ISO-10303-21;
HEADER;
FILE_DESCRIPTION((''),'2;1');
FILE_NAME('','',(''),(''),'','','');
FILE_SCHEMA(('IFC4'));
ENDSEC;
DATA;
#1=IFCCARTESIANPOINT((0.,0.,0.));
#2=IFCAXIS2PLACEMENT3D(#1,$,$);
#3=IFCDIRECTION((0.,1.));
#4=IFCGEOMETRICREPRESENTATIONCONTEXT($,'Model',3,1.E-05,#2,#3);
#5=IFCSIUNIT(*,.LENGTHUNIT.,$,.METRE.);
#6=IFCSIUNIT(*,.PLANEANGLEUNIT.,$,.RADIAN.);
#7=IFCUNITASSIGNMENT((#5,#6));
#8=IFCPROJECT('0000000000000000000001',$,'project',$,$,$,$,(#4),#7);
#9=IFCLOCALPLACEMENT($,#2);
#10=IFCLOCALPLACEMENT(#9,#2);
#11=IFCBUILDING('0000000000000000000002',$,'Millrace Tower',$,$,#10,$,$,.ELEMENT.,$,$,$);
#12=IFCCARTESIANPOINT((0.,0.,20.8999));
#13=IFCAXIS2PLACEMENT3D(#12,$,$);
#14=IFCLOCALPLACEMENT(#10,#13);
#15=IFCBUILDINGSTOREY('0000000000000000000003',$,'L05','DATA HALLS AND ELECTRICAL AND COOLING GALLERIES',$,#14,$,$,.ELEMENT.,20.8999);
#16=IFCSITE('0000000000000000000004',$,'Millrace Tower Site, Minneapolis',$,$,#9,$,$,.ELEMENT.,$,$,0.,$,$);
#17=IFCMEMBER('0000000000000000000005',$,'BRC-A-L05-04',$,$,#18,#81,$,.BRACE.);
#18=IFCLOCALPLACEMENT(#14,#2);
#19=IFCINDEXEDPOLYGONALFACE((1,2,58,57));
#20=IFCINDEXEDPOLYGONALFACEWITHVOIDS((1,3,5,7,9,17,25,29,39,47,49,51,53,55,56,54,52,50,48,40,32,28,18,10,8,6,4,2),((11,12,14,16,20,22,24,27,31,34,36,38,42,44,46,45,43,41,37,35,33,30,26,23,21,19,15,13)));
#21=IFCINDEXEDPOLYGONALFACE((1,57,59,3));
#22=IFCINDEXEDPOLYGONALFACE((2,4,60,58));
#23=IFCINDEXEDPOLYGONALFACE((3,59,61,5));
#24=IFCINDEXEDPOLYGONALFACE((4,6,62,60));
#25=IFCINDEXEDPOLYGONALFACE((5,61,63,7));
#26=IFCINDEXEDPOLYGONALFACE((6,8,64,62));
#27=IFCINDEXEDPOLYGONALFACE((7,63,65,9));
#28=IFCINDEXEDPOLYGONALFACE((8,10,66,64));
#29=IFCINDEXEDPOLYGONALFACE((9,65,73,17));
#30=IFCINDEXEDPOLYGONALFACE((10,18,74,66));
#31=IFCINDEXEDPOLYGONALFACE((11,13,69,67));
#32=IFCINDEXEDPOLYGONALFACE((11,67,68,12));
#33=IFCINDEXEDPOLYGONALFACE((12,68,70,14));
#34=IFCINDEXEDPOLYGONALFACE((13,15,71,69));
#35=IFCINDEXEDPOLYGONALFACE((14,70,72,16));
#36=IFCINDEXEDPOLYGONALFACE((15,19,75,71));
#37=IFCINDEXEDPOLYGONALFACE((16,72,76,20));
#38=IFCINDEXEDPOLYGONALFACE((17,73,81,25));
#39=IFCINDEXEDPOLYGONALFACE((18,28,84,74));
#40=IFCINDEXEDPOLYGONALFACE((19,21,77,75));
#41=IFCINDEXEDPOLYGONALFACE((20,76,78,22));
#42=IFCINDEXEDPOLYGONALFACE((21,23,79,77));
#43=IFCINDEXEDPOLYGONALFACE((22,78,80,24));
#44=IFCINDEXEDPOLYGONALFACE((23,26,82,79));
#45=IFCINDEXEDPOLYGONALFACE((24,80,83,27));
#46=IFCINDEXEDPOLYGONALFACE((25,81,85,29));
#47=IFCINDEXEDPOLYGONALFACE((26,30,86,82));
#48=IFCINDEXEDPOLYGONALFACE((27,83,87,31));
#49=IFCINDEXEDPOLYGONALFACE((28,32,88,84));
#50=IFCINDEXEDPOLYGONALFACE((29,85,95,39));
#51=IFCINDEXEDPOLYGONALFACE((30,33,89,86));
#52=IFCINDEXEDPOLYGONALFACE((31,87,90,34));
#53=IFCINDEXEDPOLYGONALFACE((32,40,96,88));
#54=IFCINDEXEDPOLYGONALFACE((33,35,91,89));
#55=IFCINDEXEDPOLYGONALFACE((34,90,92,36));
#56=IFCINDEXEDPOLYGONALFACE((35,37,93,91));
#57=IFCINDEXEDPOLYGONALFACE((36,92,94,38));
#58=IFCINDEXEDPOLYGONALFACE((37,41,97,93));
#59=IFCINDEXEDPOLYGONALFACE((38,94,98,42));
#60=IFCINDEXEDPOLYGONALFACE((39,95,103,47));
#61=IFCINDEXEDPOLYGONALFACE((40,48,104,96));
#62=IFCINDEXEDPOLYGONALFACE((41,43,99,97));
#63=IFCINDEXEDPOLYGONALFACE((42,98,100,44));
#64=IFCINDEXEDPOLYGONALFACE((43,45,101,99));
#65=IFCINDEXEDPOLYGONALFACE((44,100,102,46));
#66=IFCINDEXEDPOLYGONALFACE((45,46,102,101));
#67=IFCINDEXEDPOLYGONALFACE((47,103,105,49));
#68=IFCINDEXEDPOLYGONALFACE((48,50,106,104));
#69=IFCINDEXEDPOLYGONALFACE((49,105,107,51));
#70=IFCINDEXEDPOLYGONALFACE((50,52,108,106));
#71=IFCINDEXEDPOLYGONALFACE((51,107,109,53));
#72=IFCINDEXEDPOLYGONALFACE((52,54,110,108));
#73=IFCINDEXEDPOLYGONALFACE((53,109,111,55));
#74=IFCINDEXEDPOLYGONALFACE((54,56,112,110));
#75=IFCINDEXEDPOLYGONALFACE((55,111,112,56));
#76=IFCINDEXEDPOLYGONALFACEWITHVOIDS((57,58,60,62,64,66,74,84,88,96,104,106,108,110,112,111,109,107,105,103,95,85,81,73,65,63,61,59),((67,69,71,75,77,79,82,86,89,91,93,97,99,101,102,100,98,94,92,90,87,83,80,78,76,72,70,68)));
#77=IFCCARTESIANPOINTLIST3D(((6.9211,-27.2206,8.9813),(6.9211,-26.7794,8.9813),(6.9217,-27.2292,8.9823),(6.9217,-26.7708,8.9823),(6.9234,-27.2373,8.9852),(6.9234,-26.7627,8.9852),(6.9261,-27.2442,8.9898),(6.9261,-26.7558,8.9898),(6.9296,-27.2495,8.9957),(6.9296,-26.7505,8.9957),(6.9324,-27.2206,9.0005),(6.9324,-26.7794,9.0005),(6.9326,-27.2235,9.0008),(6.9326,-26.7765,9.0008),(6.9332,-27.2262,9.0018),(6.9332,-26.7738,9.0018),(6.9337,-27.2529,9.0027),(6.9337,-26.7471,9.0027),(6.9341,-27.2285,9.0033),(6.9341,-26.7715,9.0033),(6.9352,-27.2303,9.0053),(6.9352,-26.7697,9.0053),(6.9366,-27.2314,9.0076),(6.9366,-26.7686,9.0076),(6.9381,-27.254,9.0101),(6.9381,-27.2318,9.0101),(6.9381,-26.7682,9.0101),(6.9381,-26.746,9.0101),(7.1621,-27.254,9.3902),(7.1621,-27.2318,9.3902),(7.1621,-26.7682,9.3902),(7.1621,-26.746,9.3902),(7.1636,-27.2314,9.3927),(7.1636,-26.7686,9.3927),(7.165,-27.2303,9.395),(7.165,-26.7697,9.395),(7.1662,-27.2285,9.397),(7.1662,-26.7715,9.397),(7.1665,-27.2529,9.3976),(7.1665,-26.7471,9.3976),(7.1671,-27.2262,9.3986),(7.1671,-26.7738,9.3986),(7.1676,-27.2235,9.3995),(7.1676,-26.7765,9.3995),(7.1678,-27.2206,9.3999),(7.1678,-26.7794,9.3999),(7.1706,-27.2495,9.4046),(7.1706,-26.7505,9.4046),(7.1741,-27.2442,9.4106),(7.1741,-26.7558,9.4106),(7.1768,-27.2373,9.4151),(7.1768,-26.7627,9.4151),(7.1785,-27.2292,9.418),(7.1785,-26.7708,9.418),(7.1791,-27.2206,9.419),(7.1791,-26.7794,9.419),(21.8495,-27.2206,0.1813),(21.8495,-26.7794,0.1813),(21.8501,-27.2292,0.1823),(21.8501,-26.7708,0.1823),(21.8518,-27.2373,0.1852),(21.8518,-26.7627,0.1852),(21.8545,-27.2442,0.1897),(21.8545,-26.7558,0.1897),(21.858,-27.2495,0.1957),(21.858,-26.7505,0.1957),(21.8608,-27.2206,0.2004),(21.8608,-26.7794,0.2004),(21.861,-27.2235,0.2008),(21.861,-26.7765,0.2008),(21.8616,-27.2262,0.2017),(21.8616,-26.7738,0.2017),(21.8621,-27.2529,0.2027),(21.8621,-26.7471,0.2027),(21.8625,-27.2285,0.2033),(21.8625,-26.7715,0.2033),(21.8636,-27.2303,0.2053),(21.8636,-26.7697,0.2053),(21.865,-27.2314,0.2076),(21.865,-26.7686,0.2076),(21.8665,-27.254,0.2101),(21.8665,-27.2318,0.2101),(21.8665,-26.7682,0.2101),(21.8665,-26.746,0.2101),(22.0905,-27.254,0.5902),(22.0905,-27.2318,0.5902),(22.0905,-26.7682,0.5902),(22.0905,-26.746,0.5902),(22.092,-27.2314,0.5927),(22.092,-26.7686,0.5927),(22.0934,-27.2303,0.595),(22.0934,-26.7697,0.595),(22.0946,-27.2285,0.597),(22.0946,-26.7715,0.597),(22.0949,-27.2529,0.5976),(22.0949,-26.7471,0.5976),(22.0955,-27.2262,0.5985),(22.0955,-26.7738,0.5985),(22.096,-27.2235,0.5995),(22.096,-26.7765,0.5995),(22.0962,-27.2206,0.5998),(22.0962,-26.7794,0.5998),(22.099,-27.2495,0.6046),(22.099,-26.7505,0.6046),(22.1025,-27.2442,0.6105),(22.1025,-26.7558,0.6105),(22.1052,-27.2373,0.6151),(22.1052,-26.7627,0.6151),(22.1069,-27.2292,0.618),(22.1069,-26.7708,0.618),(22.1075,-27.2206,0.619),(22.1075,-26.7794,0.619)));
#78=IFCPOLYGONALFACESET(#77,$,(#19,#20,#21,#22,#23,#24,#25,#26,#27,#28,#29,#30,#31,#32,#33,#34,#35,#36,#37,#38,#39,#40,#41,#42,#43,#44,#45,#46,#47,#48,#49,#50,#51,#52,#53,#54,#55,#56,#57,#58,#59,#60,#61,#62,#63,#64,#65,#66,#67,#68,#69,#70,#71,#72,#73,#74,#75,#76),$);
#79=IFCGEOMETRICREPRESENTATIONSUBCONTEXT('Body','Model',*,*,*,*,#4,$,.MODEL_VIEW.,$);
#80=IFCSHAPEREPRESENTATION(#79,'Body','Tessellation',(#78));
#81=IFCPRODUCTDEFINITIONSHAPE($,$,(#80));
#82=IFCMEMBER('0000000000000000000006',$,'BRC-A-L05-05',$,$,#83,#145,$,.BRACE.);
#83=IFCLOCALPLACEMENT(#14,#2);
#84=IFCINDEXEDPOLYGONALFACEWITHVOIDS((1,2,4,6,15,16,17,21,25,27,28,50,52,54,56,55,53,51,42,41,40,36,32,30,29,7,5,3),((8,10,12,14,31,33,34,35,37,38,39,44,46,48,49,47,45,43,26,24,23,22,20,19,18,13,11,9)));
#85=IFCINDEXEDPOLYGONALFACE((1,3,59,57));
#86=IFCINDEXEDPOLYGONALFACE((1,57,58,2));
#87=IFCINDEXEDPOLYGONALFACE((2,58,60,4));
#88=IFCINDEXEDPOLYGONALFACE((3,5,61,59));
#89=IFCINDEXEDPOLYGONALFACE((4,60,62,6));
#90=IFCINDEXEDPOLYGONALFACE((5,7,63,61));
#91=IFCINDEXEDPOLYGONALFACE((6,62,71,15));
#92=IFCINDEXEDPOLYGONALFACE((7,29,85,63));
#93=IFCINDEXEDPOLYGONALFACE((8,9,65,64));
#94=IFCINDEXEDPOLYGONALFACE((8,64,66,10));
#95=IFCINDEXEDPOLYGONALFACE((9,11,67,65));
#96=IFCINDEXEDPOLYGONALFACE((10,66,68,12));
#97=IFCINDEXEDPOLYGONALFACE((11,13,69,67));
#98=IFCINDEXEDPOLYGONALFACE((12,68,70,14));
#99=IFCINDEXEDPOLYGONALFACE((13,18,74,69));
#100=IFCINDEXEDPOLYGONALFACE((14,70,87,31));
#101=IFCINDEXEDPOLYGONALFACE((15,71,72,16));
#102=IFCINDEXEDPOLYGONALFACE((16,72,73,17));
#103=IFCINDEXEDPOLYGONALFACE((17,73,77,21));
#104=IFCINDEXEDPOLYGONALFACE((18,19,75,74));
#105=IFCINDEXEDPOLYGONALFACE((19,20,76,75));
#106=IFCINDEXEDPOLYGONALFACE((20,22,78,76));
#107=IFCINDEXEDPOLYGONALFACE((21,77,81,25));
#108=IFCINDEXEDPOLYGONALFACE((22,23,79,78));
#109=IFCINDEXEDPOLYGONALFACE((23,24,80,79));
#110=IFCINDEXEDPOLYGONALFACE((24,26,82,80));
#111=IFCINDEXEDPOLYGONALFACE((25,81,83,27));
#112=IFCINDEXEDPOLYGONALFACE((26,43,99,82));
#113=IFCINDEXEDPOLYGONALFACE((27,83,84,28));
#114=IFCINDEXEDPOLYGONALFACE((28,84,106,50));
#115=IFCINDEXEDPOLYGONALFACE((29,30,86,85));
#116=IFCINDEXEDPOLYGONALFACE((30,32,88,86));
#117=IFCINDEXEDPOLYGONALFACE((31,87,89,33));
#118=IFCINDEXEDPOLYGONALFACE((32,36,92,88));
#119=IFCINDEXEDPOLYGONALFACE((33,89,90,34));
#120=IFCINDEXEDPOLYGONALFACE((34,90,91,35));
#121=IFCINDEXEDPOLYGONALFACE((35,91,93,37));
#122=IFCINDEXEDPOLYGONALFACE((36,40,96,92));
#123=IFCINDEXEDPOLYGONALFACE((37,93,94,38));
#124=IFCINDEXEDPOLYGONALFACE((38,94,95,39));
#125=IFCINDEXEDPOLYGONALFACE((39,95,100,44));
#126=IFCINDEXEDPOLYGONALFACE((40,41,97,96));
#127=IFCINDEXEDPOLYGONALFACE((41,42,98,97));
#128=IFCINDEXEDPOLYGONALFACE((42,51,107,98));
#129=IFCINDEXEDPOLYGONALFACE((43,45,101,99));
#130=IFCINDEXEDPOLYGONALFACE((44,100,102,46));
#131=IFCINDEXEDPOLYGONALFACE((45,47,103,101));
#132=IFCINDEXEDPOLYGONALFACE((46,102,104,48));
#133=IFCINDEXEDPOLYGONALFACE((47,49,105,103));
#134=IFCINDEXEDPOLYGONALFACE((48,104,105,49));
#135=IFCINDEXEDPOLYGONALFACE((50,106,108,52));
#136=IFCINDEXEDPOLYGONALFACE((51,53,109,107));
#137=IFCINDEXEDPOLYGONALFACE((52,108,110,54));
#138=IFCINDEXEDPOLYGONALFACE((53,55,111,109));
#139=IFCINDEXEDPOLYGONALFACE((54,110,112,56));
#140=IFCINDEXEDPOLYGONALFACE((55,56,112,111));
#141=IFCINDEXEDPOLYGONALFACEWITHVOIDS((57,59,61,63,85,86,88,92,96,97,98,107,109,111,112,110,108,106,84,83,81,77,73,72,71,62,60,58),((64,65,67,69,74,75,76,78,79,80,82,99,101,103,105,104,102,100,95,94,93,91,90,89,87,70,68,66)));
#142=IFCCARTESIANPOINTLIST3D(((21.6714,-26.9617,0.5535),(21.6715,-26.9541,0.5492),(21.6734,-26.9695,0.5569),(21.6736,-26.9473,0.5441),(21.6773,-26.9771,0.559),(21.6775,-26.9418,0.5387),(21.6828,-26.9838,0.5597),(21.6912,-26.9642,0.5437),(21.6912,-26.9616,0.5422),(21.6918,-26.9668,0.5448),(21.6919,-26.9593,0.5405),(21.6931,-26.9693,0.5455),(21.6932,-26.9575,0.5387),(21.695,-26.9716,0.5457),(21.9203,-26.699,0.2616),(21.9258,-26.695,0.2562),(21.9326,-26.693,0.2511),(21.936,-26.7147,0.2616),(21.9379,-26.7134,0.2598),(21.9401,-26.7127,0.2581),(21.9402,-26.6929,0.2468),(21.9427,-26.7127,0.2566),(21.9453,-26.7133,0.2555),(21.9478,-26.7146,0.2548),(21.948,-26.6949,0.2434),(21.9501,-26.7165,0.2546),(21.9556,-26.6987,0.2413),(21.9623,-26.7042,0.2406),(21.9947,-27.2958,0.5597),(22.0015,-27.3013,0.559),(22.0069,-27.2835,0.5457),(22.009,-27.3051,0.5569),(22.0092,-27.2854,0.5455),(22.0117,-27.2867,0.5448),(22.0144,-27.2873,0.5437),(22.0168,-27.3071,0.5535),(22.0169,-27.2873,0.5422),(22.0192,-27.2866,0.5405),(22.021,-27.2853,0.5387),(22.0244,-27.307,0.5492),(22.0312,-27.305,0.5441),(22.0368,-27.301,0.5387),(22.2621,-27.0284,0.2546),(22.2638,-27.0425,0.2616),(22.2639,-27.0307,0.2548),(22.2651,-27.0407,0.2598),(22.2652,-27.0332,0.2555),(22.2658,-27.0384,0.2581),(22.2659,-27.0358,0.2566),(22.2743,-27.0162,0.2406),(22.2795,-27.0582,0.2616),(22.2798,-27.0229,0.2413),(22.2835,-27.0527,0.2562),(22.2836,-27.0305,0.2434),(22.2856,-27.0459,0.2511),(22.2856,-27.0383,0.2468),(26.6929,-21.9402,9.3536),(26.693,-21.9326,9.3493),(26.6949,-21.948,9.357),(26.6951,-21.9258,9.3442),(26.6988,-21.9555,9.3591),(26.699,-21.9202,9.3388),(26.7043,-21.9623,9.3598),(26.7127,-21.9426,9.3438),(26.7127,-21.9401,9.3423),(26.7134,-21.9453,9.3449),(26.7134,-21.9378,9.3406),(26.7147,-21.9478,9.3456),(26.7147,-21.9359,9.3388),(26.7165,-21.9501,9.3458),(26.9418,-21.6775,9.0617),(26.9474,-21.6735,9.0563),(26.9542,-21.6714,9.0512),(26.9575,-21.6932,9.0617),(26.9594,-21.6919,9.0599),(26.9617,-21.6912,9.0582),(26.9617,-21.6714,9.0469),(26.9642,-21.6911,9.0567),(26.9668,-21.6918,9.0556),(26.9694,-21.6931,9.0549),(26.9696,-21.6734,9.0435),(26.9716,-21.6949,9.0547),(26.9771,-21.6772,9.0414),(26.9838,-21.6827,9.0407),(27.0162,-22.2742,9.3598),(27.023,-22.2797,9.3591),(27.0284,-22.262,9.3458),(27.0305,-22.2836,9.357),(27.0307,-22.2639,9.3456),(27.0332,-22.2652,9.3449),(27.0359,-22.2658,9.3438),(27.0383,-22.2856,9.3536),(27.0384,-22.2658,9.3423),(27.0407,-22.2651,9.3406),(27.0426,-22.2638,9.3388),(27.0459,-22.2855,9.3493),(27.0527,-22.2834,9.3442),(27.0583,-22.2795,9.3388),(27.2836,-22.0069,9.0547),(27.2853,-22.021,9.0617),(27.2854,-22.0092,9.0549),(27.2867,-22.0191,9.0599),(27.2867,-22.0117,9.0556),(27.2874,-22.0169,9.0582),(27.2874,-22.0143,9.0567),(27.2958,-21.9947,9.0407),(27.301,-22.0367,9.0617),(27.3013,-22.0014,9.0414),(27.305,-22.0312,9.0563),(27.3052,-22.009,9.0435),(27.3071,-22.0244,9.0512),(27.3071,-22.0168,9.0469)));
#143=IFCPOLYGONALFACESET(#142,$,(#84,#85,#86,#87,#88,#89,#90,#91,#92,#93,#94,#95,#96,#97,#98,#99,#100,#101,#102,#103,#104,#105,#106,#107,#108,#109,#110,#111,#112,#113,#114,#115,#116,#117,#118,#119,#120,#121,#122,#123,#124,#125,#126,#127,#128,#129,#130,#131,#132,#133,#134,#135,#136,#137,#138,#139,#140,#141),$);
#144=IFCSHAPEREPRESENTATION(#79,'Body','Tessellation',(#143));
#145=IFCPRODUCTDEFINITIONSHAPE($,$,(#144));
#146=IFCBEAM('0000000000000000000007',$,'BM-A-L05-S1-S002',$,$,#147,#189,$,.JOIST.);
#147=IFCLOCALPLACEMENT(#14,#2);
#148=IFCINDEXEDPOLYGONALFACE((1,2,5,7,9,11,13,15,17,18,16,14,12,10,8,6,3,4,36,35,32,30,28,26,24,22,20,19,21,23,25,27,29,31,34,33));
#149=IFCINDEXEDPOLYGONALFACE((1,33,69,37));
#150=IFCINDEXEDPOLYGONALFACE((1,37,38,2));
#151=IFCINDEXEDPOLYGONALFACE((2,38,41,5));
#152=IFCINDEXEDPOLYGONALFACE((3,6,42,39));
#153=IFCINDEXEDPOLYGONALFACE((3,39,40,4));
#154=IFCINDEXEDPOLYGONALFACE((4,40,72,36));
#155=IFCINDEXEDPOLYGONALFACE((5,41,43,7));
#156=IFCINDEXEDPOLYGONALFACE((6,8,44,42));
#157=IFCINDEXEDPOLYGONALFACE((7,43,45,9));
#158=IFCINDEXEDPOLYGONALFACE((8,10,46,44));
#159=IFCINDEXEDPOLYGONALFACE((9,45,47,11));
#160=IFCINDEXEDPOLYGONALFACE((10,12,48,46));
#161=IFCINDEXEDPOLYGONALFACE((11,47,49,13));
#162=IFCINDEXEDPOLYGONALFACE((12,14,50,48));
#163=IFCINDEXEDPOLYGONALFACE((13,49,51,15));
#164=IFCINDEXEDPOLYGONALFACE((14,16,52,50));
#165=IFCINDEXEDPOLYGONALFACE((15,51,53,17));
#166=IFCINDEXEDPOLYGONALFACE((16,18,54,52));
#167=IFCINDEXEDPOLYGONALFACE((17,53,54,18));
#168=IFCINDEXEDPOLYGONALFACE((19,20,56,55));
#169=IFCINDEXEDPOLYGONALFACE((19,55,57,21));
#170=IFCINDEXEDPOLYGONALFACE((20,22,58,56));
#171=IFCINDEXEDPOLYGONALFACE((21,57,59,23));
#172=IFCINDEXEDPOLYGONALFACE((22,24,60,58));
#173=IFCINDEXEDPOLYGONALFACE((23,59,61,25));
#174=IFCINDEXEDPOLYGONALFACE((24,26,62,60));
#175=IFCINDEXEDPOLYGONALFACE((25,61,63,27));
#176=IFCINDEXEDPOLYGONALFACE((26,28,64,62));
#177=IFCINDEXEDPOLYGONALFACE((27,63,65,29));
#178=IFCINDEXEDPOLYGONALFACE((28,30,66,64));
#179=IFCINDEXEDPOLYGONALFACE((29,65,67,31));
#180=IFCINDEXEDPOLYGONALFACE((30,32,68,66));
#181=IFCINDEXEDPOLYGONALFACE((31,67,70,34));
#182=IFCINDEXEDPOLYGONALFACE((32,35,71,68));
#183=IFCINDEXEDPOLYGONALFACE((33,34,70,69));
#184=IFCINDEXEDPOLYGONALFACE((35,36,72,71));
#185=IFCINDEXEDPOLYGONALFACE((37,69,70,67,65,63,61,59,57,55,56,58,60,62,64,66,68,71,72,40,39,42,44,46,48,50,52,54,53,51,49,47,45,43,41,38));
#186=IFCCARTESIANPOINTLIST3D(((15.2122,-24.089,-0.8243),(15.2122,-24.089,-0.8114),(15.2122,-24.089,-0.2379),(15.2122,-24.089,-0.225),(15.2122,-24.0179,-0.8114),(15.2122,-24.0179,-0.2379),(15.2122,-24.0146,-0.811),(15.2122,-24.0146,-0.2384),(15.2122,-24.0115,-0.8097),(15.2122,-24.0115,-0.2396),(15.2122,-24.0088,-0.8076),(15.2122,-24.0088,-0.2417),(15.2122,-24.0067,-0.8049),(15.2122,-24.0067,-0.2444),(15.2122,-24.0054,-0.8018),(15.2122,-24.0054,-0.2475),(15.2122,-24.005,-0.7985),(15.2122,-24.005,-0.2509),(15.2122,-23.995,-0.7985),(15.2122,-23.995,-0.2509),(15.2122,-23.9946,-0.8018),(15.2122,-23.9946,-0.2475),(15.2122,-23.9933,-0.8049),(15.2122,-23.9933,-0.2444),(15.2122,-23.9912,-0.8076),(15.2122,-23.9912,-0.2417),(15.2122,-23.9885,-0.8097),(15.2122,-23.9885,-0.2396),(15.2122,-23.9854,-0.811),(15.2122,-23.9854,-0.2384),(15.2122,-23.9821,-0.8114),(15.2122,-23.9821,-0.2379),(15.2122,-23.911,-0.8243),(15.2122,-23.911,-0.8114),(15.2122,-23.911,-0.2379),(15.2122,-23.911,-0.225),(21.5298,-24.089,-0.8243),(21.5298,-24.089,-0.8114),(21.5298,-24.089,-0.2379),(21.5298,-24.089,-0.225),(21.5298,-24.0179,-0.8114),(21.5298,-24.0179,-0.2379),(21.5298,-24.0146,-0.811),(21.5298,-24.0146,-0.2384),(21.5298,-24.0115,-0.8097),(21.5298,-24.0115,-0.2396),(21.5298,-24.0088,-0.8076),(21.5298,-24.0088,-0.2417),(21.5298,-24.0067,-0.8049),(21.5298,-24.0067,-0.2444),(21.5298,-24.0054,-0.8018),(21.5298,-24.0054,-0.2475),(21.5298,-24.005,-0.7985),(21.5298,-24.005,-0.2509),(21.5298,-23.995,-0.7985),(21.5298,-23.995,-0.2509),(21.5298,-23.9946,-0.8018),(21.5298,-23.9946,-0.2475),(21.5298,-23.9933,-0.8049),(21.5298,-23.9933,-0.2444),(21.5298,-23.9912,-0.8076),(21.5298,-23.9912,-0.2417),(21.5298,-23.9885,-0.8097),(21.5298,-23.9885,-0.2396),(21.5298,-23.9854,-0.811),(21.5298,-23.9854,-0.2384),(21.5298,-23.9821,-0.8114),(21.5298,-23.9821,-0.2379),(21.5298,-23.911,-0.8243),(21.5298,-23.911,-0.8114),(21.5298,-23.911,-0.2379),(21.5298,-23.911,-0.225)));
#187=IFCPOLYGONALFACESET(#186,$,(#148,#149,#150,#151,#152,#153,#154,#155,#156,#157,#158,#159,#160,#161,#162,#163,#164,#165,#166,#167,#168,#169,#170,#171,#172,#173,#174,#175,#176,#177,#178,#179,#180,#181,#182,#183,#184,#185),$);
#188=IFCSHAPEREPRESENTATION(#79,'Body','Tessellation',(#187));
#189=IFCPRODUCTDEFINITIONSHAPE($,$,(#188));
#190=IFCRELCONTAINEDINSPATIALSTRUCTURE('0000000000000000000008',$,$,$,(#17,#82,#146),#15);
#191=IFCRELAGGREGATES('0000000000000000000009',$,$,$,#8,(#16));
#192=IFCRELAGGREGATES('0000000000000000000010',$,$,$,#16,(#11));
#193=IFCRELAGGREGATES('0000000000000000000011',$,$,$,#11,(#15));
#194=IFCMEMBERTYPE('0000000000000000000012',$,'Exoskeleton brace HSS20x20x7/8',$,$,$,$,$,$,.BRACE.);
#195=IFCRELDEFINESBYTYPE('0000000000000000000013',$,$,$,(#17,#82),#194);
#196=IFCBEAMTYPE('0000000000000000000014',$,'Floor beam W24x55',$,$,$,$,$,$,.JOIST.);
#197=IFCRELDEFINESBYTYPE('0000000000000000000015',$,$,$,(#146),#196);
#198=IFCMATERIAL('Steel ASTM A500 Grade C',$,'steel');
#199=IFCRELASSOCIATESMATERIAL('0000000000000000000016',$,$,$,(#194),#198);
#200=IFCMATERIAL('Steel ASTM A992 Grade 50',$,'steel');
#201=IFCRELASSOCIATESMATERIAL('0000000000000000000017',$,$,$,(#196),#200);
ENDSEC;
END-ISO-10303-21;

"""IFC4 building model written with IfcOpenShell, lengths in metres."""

from ifc_helpers import new_model, si_unit, direction, frame, origin, origin_2d, place, context, subcontext, project, spatial, hollow_rectangle, i_section, extrude, material, material_profile, profile_set, type_object, element, save


model = new_model("IFC4")

# Units and contexts
model_context = context("Model", 3, precision=1e-05, world=origin(), true_north=direction((0.0, 1.0)))
body_context = subcontext(model_context, "Body", "Model", "MODEL_VIEW")
ifc_project = project(units=[si_unit("LENGTHUNIT", "METRE"), si_unit("PLANEANGLEUNIT", "RADIAN")], contexts=[model_context])

# Site, building, storey
site_placement = place(None, origin())
site = spatial("IfcSite", under=ifc_project, at=site_placement, Name="Millrace Tower Site, Minneapolis", CompositionType="ELEMENT", RefElevation=0.0)
building_placement = place(site_placement, origin())
building = spatial("IfcBuilding", under=site, at=building_placement, Name="Millrace Tower", CompositionType="ELEMENT")
storey_placement = place(building_placement, frame((0.0, 0.0, 20.8999)))
storey = spatial("IfcBuildingStorey", under=building, at=storey_placement, Name="L05", Description="DATA HALLS AND ELECTRICAL AND COOLING GALLERIES", CompositionType="ELEMENT", Elevation=20.8999)

# Members
ifc_material_1 = material(Name="Steel ASTM A500 Grade C", Category="steel")
ifc_material_profile_1 = material_profile(ifc_material_1, hollow_rectangle(XDim=0.5081, YDim=0.5081, WallThickness=0.0222, InnerFilletRadius=0.0112, OuterFilletRadius=0.0334, at=origin_2d()))
ifc_profile_set_1 = profile_set([ifc_material_profile_1], Name="Steel ASTM A500 Grade C")
member_type_1 = type_object("IfcMemberType", Name="Exoskeleton brace HSS20x20x7/8", PredefinedType="BRACE", material=ifc_profile_set_1)
member_1_placement = place(storey_placement, frame((21.9785, -27.0, 0.4001), z_axis=(-0.861465, 0.0, 0.507817), x_axis=(0.0, -1.0, 0.0)))
element("IfcMember", 1, at=member_1_placement, inside=storey, type_object=member_type_1, Name="BRC-A-L05-04", PredefinedType="BRACE", context=body_context, shape_type="SweptSolid", body=[
    extrude(hollow_rectangle(XDim=0.5081, YDim=0.5081, WallThickness=0.0222, InnerFilletRadius=0.0112, OuterFilletRadius=0.0334, at=origin_2d()), origin(), (0.0, 0.0, 1.0), 17.3291),
])
member_2_placement = place(storey_placement, frame((21.9785, -27.0, 0.4001), z_axis=(0.444064, 0.444064, 0.778213), x_axis=(-0.707107, 0.707107, 0.0)))
element("IfcMember", 2, at=member_2_placement, inside=storey, type_object=member_type_1, Name="BRC-A-L05-05", PredefinedType="BRACE", context=body_context, shape_type="SweptSolid", body=[
    extrude(hollow_rectangle(XDim=0.5081, YDim=0.5081, WallThickness=0.0222, InnerFilletRadius=0.0112, OuterFilletRadius=0.0334, at=origin_2d()), origin(), (0.0, 0.0, 1.0), 11.3081),
])

# Beam
ifc_material_2 = material(Name="Steel ASTM A992 Grade 50", Category="steel")
ifc_material_profile_2 = material_profile(ifc_material_2, i_section(OverallWidth=0.178, OverallDepth=0.5994, WebThickness=0.01, FlangeThickness=0.0129, FilletRadius=0.0129, at=origin_2d()))
ifc_profile_set_2 = profile_set([ifc_material_profile_2], Name="Steel ASTM A992 Grade 50")
beam_type_1 = type_object("IfcBeamType", Name="Floor beam W24x55", PredefinedType="JOIST", material=ifc_profile_set_2)
beam_1_placement = place(storey_placement, frame((15.2122, -24.0, -0.5247), z_axis=(1.0, 0.0, 0.0), x_axis=(0.0, 1.0, 0.0)))
element("IfcBeam", 3, at=beam_1_placement, inside=storey, type_object=beam_type_1, Name="BM-A-L05-S1-S002", PredefinedType="JOIST", context=body_context, shape_type="SweptSolid", body=[
    extrude(i_section(OverallWidth=0.178, OverallDepth=0.5994, WebThickness=0.01, FlangeThickness=0.0129, FilletRadius=0.0129, at=origin_2d()), origin(), (0.0, 0.0, 1.0), 6.3176),
])

save(model, "model.ifc")
